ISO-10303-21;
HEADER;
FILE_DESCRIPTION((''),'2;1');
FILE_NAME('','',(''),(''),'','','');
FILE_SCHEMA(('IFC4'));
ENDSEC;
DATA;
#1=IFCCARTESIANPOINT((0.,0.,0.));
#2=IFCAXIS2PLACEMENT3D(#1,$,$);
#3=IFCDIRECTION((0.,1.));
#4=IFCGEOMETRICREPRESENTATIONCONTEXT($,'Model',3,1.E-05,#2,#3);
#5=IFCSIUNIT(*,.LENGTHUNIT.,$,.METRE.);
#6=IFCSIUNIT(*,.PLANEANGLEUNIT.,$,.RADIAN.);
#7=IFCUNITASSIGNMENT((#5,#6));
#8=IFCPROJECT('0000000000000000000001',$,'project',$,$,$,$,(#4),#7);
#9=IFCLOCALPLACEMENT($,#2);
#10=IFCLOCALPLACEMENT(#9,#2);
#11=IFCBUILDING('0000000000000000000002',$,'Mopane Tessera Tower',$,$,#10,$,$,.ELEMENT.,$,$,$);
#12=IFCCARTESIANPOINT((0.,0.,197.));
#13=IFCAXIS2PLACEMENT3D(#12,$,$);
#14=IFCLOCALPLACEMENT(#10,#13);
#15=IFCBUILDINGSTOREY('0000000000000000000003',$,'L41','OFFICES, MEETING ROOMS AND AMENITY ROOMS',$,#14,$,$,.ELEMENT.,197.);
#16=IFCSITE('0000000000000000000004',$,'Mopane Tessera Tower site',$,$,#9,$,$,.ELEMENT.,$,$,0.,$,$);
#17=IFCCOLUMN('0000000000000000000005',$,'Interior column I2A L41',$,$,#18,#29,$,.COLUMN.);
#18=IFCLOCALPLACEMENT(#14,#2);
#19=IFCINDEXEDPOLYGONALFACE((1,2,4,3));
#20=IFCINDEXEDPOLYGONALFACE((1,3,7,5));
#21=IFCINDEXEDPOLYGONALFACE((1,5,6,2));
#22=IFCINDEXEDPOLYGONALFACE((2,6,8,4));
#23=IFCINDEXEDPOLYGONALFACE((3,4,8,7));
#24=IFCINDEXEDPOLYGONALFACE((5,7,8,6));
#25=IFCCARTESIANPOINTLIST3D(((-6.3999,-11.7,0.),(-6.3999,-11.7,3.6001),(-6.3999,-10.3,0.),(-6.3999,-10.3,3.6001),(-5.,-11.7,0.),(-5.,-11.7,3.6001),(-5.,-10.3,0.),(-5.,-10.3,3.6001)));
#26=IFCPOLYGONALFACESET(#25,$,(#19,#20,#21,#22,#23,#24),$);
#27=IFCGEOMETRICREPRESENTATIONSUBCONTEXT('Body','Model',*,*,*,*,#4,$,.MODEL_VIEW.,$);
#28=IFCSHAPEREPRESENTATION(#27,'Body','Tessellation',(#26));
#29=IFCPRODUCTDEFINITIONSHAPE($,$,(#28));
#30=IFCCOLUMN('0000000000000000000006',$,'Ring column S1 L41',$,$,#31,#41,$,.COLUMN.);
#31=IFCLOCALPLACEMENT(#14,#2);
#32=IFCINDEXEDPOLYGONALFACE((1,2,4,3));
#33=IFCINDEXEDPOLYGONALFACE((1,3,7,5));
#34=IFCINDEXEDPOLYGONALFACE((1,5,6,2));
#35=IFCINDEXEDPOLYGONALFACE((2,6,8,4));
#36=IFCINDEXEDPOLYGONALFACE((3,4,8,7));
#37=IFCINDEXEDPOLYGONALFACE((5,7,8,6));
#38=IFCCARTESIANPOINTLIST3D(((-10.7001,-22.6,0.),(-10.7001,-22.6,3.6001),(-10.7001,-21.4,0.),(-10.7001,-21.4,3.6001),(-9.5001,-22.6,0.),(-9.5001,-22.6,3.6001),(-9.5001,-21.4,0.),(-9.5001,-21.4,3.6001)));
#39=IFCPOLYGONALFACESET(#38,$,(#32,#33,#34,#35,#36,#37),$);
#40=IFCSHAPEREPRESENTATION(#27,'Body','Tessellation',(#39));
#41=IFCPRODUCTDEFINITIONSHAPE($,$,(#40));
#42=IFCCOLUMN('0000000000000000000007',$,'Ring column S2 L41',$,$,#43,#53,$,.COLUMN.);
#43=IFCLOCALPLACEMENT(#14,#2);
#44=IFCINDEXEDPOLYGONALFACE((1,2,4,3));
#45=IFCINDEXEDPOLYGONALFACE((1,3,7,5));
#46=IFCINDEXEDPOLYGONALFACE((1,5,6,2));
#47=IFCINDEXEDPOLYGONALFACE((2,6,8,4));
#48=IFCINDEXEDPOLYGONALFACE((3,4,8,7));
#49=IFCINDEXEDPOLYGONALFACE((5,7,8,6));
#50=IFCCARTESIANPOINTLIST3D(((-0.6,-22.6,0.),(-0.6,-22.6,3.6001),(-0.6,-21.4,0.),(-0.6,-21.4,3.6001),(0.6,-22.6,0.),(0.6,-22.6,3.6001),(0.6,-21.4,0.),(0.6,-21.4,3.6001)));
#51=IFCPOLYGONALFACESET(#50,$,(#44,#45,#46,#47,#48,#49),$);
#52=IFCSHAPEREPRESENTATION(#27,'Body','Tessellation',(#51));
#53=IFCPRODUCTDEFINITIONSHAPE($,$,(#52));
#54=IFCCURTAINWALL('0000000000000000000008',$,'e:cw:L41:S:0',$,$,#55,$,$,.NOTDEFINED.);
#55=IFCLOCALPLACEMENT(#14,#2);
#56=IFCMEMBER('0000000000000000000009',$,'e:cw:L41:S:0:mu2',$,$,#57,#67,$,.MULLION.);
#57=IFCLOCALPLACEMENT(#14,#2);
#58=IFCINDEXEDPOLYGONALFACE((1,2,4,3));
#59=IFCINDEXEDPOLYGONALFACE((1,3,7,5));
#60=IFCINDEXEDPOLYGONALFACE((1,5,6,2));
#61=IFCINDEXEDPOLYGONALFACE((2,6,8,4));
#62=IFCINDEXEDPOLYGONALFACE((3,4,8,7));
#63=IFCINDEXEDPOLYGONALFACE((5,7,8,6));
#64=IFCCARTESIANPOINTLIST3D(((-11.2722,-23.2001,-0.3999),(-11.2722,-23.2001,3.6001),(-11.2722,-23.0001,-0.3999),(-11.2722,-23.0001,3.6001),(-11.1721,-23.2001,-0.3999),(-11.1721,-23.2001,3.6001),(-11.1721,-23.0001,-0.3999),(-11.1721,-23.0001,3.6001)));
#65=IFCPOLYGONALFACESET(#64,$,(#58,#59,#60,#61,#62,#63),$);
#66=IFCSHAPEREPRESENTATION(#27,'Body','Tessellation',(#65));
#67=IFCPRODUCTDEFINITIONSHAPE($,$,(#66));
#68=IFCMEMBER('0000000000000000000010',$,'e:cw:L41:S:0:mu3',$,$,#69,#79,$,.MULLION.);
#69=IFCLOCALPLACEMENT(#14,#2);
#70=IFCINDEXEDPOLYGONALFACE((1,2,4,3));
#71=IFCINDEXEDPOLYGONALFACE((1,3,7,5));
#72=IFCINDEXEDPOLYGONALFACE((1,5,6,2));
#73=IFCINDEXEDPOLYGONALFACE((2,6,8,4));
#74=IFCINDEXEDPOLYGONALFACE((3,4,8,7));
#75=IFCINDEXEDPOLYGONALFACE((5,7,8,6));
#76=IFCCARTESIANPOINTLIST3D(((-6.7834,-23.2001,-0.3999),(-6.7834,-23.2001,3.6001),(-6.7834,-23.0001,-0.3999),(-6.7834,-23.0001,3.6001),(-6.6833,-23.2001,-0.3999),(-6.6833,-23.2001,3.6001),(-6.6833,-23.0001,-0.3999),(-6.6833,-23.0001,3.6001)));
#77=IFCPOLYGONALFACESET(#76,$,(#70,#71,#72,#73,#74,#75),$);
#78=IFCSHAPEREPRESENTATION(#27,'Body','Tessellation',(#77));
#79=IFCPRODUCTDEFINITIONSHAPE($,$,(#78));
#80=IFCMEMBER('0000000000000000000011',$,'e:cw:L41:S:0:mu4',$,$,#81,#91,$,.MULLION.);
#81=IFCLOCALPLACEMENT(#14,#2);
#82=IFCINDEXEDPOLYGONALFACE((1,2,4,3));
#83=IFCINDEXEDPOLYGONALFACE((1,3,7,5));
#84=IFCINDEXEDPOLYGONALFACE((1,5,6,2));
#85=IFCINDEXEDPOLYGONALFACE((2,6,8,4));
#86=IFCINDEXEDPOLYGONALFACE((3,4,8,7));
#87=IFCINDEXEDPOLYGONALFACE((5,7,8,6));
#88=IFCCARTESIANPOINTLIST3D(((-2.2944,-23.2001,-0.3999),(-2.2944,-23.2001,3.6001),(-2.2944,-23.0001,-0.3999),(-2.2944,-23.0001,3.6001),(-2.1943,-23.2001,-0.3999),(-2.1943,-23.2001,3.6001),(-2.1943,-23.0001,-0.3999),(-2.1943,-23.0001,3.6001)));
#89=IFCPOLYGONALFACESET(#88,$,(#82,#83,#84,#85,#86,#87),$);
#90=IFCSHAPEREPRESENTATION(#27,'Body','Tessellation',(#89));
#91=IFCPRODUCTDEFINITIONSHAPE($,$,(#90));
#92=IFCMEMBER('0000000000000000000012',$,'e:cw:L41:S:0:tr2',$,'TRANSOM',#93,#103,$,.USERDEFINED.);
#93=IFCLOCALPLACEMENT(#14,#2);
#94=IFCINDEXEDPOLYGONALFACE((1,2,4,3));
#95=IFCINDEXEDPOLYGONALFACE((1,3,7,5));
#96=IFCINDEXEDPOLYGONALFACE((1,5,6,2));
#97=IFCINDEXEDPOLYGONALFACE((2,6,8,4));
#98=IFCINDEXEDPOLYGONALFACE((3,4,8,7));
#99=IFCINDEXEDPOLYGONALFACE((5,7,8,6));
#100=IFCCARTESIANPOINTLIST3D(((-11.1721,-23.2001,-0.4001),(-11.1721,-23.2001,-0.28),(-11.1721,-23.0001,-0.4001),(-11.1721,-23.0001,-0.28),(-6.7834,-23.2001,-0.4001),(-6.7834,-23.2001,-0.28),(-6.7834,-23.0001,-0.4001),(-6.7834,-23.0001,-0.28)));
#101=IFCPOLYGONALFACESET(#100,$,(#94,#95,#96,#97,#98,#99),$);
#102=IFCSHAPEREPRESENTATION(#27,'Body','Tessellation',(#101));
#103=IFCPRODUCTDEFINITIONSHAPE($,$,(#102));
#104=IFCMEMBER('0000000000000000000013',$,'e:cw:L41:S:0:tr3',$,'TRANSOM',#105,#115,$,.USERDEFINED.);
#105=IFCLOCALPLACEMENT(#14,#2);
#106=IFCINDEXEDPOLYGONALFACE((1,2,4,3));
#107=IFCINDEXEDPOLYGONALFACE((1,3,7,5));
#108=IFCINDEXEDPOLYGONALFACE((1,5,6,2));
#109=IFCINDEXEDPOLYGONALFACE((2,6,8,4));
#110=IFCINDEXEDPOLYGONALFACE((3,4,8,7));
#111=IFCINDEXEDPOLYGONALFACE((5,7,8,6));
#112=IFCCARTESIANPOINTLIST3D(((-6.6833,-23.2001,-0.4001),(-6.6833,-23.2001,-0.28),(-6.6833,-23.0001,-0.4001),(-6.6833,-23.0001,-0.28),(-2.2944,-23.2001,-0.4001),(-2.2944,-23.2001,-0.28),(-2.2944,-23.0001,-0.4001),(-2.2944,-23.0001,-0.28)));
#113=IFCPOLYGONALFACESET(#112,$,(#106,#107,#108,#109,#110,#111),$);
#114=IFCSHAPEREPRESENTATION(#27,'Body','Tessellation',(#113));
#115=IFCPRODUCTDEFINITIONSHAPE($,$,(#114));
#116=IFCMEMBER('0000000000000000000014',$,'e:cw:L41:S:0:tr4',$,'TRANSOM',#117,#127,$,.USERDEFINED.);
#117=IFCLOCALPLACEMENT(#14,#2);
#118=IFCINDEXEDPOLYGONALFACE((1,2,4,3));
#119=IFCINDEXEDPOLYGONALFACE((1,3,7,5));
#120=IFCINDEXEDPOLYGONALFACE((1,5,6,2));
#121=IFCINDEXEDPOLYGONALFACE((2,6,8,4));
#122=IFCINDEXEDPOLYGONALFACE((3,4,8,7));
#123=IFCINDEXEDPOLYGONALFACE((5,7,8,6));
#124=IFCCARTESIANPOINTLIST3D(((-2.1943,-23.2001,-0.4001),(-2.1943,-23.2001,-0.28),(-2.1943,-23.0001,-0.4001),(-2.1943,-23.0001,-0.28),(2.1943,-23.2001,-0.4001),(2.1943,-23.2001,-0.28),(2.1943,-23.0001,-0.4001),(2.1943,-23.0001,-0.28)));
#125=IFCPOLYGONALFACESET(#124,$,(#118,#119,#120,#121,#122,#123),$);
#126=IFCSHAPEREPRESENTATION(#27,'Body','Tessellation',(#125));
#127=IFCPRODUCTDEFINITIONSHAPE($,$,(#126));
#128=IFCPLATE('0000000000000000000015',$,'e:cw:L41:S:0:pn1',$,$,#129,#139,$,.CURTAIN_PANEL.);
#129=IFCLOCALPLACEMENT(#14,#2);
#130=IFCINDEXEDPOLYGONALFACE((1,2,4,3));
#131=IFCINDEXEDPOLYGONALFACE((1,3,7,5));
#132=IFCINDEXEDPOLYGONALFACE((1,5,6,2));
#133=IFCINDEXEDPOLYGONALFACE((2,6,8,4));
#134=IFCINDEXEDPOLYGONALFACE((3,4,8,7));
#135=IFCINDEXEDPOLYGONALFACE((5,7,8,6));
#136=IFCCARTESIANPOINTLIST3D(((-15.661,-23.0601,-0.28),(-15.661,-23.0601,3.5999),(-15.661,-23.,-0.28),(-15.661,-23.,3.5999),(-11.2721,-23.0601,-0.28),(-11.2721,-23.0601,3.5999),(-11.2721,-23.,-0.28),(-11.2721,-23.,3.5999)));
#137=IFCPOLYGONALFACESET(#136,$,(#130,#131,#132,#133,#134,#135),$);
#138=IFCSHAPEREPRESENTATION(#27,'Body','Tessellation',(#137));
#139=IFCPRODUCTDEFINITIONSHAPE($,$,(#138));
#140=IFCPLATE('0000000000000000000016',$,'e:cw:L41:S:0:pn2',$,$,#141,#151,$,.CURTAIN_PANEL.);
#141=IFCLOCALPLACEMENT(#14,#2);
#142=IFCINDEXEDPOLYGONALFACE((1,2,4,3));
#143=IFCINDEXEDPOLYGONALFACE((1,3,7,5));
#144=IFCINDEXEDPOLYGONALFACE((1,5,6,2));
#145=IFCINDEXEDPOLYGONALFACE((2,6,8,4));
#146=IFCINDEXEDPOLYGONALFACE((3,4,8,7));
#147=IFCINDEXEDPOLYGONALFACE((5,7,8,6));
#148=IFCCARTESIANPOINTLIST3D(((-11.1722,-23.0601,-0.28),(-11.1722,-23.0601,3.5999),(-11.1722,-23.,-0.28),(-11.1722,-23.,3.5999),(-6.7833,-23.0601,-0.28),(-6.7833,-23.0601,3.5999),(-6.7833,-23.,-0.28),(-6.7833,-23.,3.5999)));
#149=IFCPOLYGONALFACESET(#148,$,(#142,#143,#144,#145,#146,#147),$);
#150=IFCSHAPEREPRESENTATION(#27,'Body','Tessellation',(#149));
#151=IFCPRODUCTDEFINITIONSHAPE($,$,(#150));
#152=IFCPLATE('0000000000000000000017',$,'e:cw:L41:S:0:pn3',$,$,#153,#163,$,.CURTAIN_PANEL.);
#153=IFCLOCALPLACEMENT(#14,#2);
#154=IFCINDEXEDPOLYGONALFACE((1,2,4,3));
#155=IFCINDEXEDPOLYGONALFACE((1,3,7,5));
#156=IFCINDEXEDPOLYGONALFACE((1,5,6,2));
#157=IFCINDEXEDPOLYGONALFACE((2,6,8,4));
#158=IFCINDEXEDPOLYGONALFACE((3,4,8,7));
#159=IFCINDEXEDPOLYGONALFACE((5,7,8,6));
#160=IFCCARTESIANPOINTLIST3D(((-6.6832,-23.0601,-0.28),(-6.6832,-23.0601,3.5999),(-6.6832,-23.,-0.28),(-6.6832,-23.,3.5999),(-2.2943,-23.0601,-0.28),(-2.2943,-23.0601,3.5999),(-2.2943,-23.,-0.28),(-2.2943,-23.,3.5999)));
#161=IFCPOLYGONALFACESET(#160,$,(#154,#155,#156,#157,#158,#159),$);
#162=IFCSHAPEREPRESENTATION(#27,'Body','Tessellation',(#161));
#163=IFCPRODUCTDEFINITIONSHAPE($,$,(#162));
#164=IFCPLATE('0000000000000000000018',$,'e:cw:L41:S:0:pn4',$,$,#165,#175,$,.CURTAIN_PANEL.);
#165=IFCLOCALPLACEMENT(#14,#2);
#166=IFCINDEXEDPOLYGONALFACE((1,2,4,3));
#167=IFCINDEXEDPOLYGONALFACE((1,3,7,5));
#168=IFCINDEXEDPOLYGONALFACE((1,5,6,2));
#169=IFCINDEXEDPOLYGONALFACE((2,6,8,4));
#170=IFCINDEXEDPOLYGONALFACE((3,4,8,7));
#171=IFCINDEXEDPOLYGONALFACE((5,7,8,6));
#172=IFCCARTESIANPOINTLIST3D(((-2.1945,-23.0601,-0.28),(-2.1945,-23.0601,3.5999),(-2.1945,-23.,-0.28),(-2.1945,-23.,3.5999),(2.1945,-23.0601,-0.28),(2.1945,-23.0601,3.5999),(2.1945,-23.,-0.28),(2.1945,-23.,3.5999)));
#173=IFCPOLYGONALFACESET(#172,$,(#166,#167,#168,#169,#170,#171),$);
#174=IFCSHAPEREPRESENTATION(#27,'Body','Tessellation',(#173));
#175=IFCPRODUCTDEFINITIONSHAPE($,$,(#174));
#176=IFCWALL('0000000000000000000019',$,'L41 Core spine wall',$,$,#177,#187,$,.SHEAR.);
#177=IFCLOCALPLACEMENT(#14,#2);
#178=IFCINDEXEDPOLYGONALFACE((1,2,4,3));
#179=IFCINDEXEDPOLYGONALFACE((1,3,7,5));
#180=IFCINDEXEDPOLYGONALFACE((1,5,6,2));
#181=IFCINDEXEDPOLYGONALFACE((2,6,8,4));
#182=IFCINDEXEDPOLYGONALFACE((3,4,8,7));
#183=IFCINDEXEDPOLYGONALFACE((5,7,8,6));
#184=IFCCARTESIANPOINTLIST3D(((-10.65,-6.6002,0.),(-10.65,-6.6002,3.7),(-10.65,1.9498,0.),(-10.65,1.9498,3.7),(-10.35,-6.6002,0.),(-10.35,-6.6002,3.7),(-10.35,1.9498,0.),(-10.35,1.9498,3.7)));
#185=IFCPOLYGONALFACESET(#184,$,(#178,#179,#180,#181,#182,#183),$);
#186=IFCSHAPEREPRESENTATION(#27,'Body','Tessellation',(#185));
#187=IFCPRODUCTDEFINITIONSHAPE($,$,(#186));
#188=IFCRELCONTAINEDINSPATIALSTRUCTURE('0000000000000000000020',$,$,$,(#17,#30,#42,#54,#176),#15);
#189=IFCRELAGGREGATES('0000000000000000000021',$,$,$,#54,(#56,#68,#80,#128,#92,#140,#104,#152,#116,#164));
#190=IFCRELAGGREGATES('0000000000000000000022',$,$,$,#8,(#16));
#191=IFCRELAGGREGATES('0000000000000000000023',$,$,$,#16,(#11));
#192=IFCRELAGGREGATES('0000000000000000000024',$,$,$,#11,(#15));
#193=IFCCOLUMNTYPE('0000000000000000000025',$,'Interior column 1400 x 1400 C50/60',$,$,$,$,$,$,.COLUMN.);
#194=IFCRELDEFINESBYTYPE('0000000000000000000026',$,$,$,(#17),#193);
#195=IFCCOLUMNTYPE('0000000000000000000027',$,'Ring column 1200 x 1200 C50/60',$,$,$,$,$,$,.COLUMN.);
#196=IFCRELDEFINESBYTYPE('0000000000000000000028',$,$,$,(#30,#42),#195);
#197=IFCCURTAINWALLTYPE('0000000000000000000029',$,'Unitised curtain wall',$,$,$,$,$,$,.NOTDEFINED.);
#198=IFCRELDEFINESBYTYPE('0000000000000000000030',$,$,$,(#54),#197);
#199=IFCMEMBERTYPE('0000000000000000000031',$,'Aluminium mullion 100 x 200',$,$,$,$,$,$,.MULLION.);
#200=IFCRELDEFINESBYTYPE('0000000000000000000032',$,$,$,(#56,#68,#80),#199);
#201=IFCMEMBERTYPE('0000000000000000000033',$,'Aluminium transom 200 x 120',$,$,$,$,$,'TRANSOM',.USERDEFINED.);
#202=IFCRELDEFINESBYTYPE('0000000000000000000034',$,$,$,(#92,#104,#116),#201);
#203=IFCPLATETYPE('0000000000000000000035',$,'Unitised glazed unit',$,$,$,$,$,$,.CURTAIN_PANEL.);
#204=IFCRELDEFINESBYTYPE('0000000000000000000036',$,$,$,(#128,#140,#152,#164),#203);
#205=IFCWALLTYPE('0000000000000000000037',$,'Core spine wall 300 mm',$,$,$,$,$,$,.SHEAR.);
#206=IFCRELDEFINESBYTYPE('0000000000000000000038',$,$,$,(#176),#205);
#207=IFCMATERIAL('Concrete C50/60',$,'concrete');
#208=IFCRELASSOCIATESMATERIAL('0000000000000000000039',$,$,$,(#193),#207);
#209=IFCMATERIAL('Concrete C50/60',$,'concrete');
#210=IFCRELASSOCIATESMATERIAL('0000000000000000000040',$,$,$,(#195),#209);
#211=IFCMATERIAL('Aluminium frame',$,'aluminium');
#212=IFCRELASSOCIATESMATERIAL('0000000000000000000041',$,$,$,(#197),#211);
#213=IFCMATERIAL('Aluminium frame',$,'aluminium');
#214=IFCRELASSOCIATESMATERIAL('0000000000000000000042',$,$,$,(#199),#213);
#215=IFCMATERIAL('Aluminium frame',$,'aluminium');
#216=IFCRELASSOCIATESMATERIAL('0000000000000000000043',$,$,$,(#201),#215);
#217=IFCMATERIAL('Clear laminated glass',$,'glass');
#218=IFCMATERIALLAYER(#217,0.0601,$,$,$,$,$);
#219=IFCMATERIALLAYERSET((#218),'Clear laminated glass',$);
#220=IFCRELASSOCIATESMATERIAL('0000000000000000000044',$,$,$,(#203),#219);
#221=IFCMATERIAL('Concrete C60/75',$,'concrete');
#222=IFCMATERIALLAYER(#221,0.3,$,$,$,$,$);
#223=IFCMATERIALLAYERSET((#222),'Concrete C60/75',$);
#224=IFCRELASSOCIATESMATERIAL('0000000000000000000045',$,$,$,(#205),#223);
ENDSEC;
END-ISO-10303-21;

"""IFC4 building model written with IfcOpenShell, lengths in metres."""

from ifc_helpers import new_model, si_unit, direction, frame, frame_2d, origin, origin_2d, place, context, subcontext, project, spatial, rectangle, extrude, material, layer, layer_set, material_profile, profile_set, type_object, element, aggregate, save


model = new_model("IFC4")

# Units and contexts
model_context = context("Model", 3, precision=1e-05, world=origin(), true_north=direction((0.0, 1.0)))
body_context = subcontext(model_context, "Body", "Model", "MODEL_VIEW")
ifc_project = project(units=[si_unit("LENGTHUNIT", "METRE"), si_unit("PLANEANGLEUNIT", "RADIAN")], contexts=[model_context])

# Site, building, storey
site_placement = place(None, origin())
site = spatial("IfcSite", under=ifc_project, at=site_placement, Name="Mopane Tessera Tower site", CompositionType="ELEMENT", RefElevation=0.0)
building_placement = place(site_placement, origin())
building = spatial("IfcBuilding", under=site, at=building_placement, Name="Mopane Tessera Tower", CompositionType="ELEMENT")
storey_placement = place(building_placement, frame((0.0, 0.0, 197.0)))
storey = spatial("IfcBuildingStorey", under=building, at=storey_placement, Name="L41", Description="OFFICES, MEETING ROOMS AND AMENITY ROOMS", CompositionType="ELEMENT", Elevation=197.0)

# Columns
ifc_material_1 = material(Name="Concrete C50/60", Category="concrete")
ifc_material_profile_1 = material_profile(ifc_material_1, rectangle(XDim=1.3999, YDim=1.3999, at=origin_2d()))
ifc_profile_set_1 = profile_set([ifc_material_profile_1], Name="Concrete C50/60")
column_type_1 = type_object("IfcColumnType", Name="Interior column 1400 x 1400 C50/60", PredefinedType="COLUMN", material=ifc_profile_set_1)
column_placement = place(storey_placement, frame((-5.7, -11.0, 0.0), z_axis=(0.0, 0.0, 1.0), x_axis=(1.0, 0.0, 0.0)))
element("IfcColumn", 1, at=column_placement, inside=storey, type_object=column_type_1, Name="Interior column I2A L41", PredefinedType="COLUMN", context=body_context, shape_type="SweptSolid", body=[
    extrude(rectangle(XDim=1.3999, YDim=1.3999, at=origin_2d()), origin(), (0.0, 0.0, 1.0), 3.6001),
])
ifc_material_2 = material(Name="Concrete C50/60", Category="concrete")
ifc_material_profile_2 = material_profile(ifc_material_2, rectangle(XDim=1.2, YDim=1.2, at=origin_2d()))
ifc_profile_set_2 = profile_set([ifc_material_profile_2], Name="Concrete C50/60")
column_type_2 = type_object("IfcColumnType", Name="Ring column 1200 x 1200 C50/60", PredefinedType="COLUMN", material=ifc_profile_set_2)
for number, where, z_axis, x_axis, name in (
    (2, (-10.1001, -22.0, 0.0), (0.0, 0.0, 1.0), (1.0, 0.0, 0.0), "Ring column S1 L41"),
    (3, (0.0, -22.0, 0.0), (0.0, 0.0, 1.0), (1.0, 0.0, 0.0), "Ring column S2 L41"),
):
    element("IfcColumn", number, at=place(storey_placement, frame(where, z_axis=z_axis, x_axis=x_axis)), inside=storey, type_object=column_type_2, Name=name, PredefinedType="COLUMN", context=body_context, shape_type="SweptSolid", body=[
        extrude(rectangle(XDim=1.2, YDim=1.2, at=origin_2d()), origin(), (0.0, 0.0, 1.0), 3.6001),
    ])

# Curtain wall, members, plates
ifc_material_3 = material(Name="Aluminium frame", Category="aluminium")
curtain_wall_type = type_object("IfcCurtainWallType", Name="Unitised curtain wall", PredefinedType="NOTDEFINED", material=ifc_material_3)
curtain_wall_placement = place(storey_placement, origin())
curtain_wall = element("IfcCurtainWall", 4, at=curtain_wall_placement, inside=storey, type_object=curtain_wall_type, Name="e:cw:L41:S:0", PredefinedType="NOTDEFINED")
ifc_material_4 = material(Name="Aluminium frame", Category="aluminium")
ifc_material_profile_3 = material_profile(ifc_material_4, rectangle(XDim=0.1001, YDim=0.2, at=origin_2d()))
ifc_profile_set_3 = profile_set([ifc_material_profile_3], Name="Aluminium frame")
member_type_1 = type_object("IfcMemberType", Name="Aluminium mullion 100 x 200", PredefinedType="MULLION", material=ifc_profile_set_3)
member_1_placement = place(storey_placement, frame((-11.2222, -23.1001, -0.3999), z_axis=(0.0, 0.0, 1.0), x_axis=(1.0, 0.0, 0.0)))
member_1 = element("IfcMember", 5, at=member_1_placement, type_object=member_type_1, Name="e:cw:L41:S:0:mu2", PredefinedType="MULLION", context=body_context, shape_type="SweptSolid", body=[
    extrude(rectangle(XDim=0.1001, YDim=0.2, at=origin_2d()), origin(), (0.0, 0.0, 1.0), 4.0),
])
member_2_placement = place(storey_placement, frame((-6.7334, -23.1001, -0.3999), z_axis=(0.0, 0.0, 1.0), x_axis=(1.0, 0.0, 0.0)))
member_2 = element("IfcMember", 6, at=member_2_placement, type_object=member_type_1, Name="e:cw:L41:S:0:mu3", PredefinedType="MULLION", context=body_context, shape_type="SweptSolid", body=[
    extrude(rectangle(XDim=0.1001, YDim=0.2, at=origin_2d()), origin(), (0.0, 0.0, 1.0), 4.0),
])
member_3_placement = place(storey_placement, frame((-2.2444, -23.1001, -0.3999), z_axis=(0.0, 0.0, 1.0), x_axis=(1.0, 0.0, 0.0)))
member_3 = element("IfcMember", 7, at=member_3_placement, type_object=member_type_1, Name="e:cw:L41:S:0:mu4", PredefinedType="MULLION", context=body_context, shape_type="SweptSolid", body=[
    extrude(rectangle(XDim=0.1001, YDim=0.2, at=origin_2d()), origin(), (0.0, 0.0, 1.0), 4.0),
])
ifc_material_5 = material(Name="Aluminium frame", Category="aluminium")
ifc_material_profile_4 = material_profile(ifc_material_5, rectangle(XDim=0.2, YDim=0.1201, at=origin_2d()))
ifc_profile_set_4 = profile_set([ifc_material_profile_4], Name="Aluminium frame")
member_type_2 = type_object("IfcMemberType", Name="Aluminium transom 200 x 120", ElementType="TRANSOM", PredefinedType="USERDEFINED", material=ifc_profile_set_4)
member_4_placement = place(storey_placement, frame((-11.1721, -23.1001, -0.3401), z_axis=(1.0, 0.0, 0.0), x_axis=(0.0, 1.0, 0.0)))
member_4 = element("IfcMember", 8, at=member_4_placement, type_object=member_type_2, Name="e:cw:L41:S:0:tr2", ObjectType="TRANSOM", PredefinedType="USERDEFINED", context=body_context, shape_type="SweptSolid", body=[
    extrude(rectangle(XDim=0.2, YDim=0.1201, at=origin_2d()), origin(), (0.0, 0.0, 1.0), 4.3887),
])
member_5_placement = place(storey_placement, frame((-6.6833, -23.1001, -0.3401), z_axis=(1.0, 0.0, 0.0), x_axis=(0.0, 1.0, 0.0)))
member_5 = element("IfcMember", 9, at=member_5_placement, type_object=member_type_2, Name="e:cw:L41:S:0:tr3", ObjectType="TRANSOM", PredefinedType="USERDEFINED", context=body_context, shape_type="SweptSolid", body=[
    extrude(rectangle(XDim=0.2, YDim=0.1201, at=origin_2d()), origin(), (0.0, 0.0, 1.0), 4.3889),
])
member_6_placement = place(storey_placement, frame((-2.1943, -23.1001, -0.3401), z_axis=(1.0, 0.0, 0.0), x_axis=(0.0, 1.0, 0.0)))
member_6 = element("IfcMember", 10, at=member_6_placement, type_object=member_type_2, Name="e:cw:L41:S:0:tr4", ObjectType="TRANSOM", PredefinedType="USERDEFINED", context=body_context, shape_type="SweptSolid", body=[
    extrude(rectangle(XDim=0.2, YDim=0.1201, at=origin_2d()), origin(), (0.0, 0.0, 1.0), 4.3887),
])
ifc_material_6 = material(Name="Clear laminated glass", Category="glass")
ifc_layer_1 = layer(ifc_material_6, 0.0601)
ifc_layer_set_1 = layer_set([ifc_layer_1], Name="Clear laminated glass")
plate_type = type_object("IfcPlateType", Name="Unitised glazed unit", PredefinedType="CURTAIN_PANEL", material=ifc_layer_set_1)
plate_1_placement = place(storey_placement, frame((-13.4666, -23.03, -0.28), z_axis=(0.0, 0.0, 1.0), x_axis=(1.0, 0.0, 0.0)))
plate_1 = element("IfcPlate", 11, at=plate_1_placement, type_object=plate_type, Name="e:cw:L41:S:0:pn1", PredefinedType="CURTAIN_PANEL", context=body_context, shape_type="SweptSolid", body=[
    extrude(rectangle(XDim=4.3889, YDim=0.0601, at=origin_2d()), origin(), (0.0, 0.0, 1.0), 3.8799),
])
plate_2_placement = place(storey_placement, frame((-8.9778, -23.03, -0.28), z_axis=(0.0, 0.0, 1.0), x_axis=(1.0, 0.0, 0.0)))
plate_2 = element("IfcPlate", 12, at=plate_2_placement, type_object=plate_type, Name="e:cw:L41:S:0:pn2", PredefinedType="CURTAIN_PANEL", context=body_context, shape_type="SweptSolid", body=[
    extrude(rectangle(XDim=4.3889, YDim=0.0601, at=origin_2d()), origin(), (0.0, 0.0, 1.0), 3.8799),
])
plate_3_placement = place(storey_placement, frame((-4.4888, -23.03, -0.28), z_axis=(0.0, 0.0, 1.0), x_axis=(1.0, 0.0, 0.0)))
plate_3 = element("IfcPlate", 13, at=plate_3_placement, type_object=plate_type, Name="e:cw:L41:S:0:pn3", PredefinedType="CURTAIN_PANEL", context=body_context, shape_type="SweptSolid", body=[
    extrude(rectangle(XDim=4.3889, YDim=0.0601, at=origin_2d()), origin(), (0.0, 0.0, 1.0), 3.8799),
])
plate_4_placement = place(storey_placement, frame((0.0, -23.03, -0.28), z_axis=(0.0, 0.0, 1.0), x_axis=(1.0, 0.0, 0.0)))
plate_4 = element("IfcPlate", 14, at=plate_4_placement, type_object=plate_type, Name="e:cw:L41:S:0:pn4", PredefinedType="CURTAIN_PANEL", context=body_context, shape_type="SweptSolid", body=[
    extrude(rectangle(XDim=4.3889, YDim=0.0601, at=origin_2d()), origin(), (0.0, 0.0, 1.0), 3.8799),
])
aggregate(curtain_wall, [member_1, member_2, member_3, plate_1, member_4, plate_2, member_5, plate_3, member_6, plate_4])

# Wall
ifc_material_7 = material(Name="Concrete C60/75", Category="concrete")
ifc_layer_2 = layer(ifc_material_7, 0.3)
ifc_layer_set_2 = layer_set([ifc_layer_2], Name="Concrete C60/75")
wall_type_1 = type_object("IfcWallType", Name="Core spine wall 300 mm", PredefinedType="SHEAR", material=ifc_layer_set_2)
wall_1_placement = place(storey_placement, frame((-10.5, -6.6001, 0.0), z_axis=(0.0, 0.0, 1.0), x_axis=(0.0, 1.0, 0.0)))
element("IfcWall", 15, at=wall_1_placement, inside=storey, type_object=wall_type_1, Name="L41 Core spine wall", PredefinedType="SHEAR", context=body_context, shape_type="SweptSolid", body=[
    extrude(rectangle(XDim=8.55, YDim=0.3, at=frame_2d((4.2749, 0.0))), origin(), (0.0, 0.0, 1.0), 3.7),
])

save(model, "model.ifc")
